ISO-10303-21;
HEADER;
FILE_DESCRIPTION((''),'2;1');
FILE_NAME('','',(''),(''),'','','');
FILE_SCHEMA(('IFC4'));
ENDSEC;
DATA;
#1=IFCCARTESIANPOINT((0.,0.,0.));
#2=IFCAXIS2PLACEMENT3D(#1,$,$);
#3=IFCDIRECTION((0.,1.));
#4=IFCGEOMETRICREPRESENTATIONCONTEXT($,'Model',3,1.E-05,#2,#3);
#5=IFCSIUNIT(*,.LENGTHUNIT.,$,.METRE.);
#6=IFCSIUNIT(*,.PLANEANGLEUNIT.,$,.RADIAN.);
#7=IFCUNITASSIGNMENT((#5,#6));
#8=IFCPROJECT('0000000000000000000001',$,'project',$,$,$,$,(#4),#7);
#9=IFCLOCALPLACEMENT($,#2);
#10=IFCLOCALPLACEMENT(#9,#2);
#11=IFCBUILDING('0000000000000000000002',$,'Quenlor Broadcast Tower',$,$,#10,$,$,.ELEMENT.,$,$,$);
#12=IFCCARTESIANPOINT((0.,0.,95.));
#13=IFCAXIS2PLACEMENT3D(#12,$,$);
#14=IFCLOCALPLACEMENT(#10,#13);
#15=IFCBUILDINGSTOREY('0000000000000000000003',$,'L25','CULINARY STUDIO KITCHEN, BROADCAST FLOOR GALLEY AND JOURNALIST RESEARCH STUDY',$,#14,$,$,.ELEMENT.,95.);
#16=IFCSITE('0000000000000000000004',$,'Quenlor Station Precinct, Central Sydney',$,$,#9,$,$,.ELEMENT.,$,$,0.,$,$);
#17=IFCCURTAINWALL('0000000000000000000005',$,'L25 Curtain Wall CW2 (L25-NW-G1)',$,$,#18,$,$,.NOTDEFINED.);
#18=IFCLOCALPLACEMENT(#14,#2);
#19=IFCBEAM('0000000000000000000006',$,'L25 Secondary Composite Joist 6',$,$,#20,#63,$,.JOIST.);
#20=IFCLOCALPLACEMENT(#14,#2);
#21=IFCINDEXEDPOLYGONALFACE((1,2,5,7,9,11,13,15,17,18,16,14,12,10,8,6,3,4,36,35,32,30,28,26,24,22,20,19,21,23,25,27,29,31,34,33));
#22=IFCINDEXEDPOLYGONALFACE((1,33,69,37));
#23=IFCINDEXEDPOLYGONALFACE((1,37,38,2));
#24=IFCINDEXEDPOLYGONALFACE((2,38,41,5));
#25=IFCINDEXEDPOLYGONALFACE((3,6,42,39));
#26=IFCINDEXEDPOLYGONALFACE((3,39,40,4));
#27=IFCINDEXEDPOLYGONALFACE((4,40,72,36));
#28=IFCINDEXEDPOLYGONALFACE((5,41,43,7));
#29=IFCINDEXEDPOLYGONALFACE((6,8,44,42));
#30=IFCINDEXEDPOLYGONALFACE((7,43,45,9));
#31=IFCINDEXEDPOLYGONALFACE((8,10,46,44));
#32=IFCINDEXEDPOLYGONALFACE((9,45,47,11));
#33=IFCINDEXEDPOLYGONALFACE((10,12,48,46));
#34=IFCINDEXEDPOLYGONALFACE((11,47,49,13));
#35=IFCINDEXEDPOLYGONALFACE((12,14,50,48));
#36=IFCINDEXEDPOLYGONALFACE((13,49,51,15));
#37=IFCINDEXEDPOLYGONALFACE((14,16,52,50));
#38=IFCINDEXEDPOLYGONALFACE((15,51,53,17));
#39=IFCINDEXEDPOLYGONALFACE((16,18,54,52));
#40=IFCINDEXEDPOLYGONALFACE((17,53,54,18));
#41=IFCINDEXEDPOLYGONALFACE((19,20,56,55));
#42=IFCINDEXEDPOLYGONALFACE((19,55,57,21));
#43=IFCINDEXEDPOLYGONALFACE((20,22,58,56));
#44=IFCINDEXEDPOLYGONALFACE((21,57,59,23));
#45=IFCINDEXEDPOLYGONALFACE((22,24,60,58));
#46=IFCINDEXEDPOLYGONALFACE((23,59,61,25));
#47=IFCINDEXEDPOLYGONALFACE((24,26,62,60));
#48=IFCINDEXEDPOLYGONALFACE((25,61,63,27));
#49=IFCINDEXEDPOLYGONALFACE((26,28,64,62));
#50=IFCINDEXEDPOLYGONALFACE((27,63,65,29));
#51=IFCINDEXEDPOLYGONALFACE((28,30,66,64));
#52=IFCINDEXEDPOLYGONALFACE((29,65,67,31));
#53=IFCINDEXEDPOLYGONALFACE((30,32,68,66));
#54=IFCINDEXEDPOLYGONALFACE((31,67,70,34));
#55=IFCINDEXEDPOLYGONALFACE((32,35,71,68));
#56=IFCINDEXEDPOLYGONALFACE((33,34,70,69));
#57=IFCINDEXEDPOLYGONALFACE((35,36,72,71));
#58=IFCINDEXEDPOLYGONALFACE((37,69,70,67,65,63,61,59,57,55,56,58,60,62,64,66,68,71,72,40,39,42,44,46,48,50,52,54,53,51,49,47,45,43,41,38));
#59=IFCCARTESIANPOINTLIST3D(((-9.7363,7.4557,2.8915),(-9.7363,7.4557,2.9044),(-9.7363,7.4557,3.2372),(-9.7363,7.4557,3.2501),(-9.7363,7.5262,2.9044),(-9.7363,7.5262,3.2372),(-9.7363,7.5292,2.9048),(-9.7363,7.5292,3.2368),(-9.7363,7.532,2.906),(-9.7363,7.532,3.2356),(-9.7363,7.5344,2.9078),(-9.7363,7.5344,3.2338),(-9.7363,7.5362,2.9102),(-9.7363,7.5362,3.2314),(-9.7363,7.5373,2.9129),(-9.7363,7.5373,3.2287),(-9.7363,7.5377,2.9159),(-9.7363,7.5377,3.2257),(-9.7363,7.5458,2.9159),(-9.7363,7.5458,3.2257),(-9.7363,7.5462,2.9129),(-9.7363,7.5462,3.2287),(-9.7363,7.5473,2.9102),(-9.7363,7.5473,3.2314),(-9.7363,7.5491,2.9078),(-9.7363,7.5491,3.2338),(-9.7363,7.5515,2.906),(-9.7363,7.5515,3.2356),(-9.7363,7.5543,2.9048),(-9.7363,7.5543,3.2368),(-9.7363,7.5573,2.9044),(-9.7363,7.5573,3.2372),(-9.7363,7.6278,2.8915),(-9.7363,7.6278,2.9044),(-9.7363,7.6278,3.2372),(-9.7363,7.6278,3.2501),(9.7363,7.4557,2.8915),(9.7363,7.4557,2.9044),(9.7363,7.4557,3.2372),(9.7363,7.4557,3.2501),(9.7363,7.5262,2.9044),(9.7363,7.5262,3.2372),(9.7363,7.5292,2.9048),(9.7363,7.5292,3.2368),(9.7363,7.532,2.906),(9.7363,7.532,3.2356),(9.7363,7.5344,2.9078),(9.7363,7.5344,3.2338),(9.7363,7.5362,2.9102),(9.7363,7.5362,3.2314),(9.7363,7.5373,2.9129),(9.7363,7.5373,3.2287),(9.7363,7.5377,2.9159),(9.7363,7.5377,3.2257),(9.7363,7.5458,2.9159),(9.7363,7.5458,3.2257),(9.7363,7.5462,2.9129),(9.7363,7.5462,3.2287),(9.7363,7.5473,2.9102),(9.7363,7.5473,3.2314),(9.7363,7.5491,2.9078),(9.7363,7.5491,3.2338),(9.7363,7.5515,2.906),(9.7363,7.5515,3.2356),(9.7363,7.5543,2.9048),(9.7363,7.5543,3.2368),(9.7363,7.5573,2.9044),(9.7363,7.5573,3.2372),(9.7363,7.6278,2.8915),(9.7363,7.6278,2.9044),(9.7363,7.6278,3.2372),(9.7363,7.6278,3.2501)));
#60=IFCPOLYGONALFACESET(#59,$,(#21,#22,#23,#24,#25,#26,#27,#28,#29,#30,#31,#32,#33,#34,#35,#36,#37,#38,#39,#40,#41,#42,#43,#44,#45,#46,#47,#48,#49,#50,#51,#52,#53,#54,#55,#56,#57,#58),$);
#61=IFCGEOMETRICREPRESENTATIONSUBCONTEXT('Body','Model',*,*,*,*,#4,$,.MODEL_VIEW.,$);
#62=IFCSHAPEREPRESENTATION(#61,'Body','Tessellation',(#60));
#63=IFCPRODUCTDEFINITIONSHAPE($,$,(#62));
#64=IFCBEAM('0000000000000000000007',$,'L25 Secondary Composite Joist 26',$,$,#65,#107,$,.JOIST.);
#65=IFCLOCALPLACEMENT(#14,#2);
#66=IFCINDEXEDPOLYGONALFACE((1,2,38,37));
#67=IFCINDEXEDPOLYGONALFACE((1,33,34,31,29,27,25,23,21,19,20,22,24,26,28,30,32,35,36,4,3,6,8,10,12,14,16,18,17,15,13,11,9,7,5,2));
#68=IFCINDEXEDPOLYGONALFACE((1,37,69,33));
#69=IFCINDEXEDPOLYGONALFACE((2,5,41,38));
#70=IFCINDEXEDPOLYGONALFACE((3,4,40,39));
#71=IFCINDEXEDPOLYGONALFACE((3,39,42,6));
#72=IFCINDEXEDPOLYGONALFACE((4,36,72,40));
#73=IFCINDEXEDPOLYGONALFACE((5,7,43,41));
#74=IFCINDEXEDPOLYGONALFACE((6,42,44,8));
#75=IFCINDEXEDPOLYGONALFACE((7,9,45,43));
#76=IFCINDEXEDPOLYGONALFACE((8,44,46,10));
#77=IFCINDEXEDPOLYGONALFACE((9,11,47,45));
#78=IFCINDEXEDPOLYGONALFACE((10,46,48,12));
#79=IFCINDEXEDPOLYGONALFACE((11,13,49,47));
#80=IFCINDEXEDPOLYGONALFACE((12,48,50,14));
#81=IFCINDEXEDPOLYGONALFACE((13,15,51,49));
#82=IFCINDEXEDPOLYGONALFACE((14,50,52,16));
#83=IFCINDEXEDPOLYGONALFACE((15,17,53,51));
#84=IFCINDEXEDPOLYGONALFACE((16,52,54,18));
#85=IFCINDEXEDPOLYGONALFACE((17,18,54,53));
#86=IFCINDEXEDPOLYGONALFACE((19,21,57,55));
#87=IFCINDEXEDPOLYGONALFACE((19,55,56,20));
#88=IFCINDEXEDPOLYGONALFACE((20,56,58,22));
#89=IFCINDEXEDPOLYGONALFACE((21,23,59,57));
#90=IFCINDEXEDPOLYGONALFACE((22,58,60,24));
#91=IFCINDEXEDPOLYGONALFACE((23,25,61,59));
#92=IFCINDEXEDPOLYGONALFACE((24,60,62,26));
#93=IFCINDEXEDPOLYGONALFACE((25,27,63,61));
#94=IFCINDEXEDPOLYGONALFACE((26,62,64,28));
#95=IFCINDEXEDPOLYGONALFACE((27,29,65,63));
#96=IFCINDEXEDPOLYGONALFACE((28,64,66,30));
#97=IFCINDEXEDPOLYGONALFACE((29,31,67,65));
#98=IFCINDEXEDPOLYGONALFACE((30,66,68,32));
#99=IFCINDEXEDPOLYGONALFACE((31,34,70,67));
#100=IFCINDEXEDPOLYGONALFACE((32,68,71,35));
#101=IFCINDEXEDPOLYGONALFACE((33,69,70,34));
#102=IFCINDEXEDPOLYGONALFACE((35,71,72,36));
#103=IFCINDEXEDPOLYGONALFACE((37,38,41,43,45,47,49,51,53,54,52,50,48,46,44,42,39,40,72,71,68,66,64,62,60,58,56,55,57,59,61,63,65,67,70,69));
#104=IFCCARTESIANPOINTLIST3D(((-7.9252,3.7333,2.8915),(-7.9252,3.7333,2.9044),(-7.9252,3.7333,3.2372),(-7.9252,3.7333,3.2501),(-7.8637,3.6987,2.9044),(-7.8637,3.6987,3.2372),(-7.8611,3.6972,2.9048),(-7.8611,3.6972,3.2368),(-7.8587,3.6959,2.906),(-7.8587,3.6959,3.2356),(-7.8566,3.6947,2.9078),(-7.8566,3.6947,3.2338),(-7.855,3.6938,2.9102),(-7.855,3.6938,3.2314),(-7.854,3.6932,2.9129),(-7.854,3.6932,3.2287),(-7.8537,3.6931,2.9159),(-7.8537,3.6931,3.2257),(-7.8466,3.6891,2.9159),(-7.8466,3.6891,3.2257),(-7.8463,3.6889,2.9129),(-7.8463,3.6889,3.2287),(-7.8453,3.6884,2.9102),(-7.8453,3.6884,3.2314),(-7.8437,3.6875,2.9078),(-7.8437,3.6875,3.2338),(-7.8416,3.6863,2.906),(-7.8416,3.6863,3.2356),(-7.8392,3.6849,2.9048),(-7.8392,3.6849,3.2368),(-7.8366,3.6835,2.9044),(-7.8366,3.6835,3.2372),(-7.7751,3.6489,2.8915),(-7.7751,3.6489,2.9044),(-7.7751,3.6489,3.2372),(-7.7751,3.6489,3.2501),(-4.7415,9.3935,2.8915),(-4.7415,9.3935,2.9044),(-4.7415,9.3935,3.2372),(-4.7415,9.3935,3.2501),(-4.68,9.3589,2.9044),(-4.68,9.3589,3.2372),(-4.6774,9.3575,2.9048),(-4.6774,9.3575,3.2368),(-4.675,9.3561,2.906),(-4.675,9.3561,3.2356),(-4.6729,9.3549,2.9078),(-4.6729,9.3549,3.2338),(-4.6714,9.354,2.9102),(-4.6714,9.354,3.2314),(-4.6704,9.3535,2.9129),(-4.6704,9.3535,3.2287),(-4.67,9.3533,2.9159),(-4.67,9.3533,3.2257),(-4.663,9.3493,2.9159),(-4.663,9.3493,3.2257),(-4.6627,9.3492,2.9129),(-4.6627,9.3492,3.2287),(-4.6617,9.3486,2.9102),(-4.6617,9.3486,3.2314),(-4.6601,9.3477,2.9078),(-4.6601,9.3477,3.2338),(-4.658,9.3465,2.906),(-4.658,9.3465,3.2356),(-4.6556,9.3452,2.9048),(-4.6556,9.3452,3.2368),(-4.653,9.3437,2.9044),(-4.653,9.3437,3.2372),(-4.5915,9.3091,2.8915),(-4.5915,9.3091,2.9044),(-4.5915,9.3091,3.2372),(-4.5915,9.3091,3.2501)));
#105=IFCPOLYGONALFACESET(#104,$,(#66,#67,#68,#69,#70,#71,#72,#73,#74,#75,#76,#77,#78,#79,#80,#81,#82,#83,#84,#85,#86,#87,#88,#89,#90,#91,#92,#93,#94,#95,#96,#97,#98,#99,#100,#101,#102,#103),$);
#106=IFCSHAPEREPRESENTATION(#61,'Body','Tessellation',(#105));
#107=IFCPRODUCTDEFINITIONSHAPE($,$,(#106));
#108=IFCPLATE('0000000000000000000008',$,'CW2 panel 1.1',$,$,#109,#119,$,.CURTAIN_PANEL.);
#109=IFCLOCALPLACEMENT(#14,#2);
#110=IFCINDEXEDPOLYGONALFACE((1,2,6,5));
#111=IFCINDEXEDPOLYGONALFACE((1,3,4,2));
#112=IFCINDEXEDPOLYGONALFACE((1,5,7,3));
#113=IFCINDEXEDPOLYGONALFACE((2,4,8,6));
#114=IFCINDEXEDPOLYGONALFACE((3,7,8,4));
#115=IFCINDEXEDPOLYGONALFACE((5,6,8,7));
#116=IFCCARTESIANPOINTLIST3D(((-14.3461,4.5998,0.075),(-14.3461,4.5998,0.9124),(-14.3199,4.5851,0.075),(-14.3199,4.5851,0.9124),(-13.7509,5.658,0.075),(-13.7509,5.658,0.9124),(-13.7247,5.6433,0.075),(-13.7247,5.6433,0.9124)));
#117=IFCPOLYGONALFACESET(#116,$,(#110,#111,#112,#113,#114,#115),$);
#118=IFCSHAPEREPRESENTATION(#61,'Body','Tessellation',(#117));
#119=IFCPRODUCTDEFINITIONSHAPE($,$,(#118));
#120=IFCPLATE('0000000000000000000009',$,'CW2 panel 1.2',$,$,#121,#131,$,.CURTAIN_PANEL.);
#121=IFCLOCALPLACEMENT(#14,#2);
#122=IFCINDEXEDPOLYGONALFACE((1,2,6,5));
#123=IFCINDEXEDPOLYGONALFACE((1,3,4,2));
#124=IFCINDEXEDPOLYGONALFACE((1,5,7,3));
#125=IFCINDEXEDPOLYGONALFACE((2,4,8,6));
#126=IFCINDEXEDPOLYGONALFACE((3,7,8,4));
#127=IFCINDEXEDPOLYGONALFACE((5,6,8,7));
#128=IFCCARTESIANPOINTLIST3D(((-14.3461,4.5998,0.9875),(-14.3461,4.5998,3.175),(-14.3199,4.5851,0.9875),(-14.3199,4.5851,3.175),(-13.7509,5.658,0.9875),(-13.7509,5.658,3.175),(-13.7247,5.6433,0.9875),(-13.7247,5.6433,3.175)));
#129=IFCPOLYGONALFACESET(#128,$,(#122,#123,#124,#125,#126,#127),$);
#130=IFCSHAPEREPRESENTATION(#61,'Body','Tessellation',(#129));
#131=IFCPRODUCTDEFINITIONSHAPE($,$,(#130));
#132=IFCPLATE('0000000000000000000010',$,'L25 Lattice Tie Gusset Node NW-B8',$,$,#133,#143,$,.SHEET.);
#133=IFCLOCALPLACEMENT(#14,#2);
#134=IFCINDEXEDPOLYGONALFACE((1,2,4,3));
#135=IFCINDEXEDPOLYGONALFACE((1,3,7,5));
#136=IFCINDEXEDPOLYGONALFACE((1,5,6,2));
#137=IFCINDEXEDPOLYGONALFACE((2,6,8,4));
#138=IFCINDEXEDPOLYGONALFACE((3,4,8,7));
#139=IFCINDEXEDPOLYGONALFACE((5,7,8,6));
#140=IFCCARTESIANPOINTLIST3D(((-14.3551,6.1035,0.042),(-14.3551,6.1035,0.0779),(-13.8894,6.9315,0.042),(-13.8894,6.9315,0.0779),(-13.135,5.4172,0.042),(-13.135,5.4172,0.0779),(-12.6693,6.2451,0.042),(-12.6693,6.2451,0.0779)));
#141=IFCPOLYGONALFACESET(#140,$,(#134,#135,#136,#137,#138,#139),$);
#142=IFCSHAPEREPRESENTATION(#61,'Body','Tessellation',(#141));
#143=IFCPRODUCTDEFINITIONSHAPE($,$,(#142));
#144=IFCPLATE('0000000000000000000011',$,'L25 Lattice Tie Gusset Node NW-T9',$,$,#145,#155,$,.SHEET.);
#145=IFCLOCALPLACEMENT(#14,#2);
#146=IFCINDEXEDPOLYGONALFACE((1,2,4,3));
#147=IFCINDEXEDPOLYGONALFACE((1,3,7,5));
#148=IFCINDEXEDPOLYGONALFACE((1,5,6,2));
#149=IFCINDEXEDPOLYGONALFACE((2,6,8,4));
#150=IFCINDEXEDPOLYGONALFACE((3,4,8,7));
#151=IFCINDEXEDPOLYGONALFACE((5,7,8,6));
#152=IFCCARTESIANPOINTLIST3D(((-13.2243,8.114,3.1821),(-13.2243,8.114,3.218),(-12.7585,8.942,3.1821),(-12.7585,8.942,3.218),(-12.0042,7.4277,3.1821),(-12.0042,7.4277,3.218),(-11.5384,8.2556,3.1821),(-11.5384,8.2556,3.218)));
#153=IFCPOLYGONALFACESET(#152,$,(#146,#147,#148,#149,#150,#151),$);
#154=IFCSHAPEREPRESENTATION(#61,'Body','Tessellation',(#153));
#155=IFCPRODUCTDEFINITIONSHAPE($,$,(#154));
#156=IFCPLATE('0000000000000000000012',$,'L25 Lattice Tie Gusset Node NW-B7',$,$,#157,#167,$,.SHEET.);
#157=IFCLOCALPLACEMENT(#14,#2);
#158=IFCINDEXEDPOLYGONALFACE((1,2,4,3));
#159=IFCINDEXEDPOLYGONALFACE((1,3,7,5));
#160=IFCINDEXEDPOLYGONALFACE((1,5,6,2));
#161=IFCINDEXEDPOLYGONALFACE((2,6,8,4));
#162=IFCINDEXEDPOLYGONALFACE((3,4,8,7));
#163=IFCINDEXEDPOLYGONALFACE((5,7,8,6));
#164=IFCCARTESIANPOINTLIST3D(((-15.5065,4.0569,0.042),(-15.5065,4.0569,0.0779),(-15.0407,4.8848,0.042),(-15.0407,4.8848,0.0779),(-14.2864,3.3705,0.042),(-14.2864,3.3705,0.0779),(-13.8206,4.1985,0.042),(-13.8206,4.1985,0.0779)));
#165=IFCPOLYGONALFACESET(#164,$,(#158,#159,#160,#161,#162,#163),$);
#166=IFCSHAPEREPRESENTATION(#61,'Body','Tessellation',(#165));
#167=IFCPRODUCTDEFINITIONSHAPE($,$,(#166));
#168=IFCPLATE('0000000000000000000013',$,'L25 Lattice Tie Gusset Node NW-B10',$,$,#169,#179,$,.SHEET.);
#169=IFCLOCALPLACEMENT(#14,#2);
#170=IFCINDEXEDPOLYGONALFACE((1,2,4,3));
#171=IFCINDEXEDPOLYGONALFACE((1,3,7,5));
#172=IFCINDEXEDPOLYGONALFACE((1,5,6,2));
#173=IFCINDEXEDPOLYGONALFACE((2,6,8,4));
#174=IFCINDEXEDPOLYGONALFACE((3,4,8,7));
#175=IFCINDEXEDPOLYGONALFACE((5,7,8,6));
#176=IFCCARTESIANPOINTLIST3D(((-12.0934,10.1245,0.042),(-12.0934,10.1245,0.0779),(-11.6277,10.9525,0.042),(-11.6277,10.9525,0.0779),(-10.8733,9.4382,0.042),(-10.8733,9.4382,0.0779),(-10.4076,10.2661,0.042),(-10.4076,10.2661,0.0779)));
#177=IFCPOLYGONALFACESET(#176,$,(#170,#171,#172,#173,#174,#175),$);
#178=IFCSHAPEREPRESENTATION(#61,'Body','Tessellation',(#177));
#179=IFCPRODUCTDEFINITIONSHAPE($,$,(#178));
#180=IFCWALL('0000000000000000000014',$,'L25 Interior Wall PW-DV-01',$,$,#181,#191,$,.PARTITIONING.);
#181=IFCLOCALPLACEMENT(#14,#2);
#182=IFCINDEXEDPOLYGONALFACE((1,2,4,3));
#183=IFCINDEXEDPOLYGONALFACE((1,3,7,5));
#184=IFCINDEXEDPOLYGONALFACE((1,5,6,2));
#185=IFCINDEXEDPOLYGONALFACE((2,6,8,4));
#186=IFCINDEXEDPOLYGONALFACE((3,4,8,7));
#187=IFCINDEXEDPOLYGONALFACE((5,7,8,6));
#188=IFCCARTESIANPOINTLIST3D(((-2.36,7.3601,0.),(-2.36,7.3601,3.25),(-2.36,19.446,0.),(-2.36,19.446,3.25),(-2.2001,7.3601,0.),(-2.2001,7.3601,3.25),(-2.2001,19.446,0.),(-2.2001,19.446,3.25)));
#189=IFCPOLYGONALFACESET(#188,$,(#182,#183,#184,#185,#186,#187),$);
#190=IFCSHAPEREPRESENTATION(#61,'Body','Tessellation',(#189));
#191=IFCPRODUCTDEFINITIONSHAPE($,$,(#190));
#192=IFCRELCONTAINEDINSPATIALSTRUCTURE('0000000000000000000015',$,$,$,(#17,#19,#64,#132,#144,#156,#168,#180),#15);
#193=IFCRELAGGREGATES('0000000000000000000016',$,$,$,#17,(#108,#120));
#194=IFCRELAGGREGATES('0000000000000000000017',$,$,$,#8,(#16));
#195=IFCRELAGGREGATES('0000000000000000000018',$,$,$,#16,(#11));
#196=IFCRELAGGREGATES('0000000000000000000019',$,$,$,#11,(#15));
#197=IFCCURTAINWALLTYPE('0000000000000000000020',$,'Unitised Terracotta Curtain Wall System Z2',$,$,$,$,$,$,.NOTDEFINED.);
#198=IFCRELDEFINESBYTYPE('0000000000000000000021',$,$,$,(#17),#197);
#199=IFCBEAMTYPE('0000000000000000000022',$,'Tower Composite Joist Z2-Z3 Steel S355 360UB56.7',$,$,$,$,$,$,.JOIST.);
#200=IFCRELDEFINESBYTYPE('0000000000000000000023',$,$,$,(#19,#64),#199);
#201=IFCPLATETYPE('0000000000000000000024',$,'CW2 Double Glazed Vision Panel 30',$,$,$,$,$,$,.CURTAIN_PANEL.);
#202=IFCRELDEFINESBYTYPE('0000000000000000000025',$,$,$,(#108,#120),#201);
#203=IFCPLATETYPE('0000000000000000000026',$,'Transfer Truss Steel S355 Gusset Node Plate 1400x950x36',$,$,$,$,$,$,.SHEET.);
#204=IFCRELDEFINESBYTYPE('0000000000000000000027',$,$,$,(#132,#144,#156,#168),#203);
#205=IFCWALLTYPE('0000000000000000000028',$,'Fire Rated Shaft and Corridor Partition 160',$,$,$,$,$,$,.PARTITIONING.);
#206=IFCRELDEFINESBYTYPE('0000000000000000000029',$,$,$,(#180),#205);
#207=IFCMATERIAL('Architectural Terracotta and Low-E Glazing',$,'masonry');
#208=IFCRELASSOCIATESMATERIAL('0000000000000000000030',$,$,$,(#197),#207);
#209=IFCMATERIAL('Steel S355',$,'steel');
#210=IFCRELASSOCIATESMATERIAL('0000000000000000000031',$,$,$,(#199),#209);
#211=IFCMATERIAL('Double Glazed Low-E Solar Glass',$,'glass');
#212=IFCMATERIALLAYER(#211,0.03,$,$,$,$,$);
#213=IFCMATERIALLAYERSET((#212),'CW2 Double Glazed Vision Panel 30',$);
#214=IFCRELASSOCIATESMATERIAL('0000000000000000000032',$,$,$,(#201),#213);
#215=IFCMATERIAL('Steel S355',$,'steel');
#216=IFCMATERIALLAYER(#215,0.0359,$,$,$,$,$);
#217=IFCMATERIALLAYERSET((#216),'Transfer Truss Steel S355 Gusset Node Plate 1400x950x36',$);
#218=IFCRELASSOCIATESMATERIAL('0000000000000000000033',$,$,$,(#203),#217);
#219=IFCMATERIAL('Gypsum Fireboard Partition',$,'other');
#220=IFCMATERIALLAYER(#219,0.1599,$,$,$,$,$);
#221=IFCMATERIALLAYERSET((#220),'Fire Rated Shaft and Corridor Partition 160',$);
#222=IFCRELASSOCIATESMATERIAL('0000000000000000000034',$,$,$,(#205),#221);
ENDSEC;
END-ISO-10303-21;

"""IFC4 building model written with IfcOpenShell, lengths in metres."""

from ifc_helpers import new_model, si_unit, direction, frame, frame_2d, origin, origin_2d, place, context, subcontext, project, spatial, rectangle, i_section, extrude, material, layer, layer_set, material_profile, profile_set, type_object, element, aggregate, save


model = new_model("IFC4")

# Units and contexts
model_context = context("Model", 3, precision=1e-05, world=origin(), true_north=direction((0.0, 1.0)))
body_context = subcontext(model_context, "Body", "Model", "MODEL_VIEW")
ifc_project = project(units=[si_unit("LENGTHUNIT", "METRE"), si_unit("PLANEANGLEUNIT", "RADIAN")], contexts=[model_context])

# Site, building, storey
site_placement = place(None, origin())
site = spatial("IfcSite", under=ifc_project, at=site_placement, Name="Quenlor Station Precinct, Central Sydney", CompositionType="ELEMENT", RefElevation=0.0)
building_placement = place(site_placement, origin())
building = spatial("IfcBuilding", under=site, at=building_placement, Name="Quenlor Broadcast Tower", CompositionType="ELEMENT")
storey_placement = place(building_placement, frame((0.0, 0.0, 95.0)))
storey = spatial("IfcBuildingStorey", under=building, at=storey_placement, Name="L25", Description="CULINARY STUDIO KITCHEN, BROADCAST FLOOR GALLEY AND JOURNALIST RESEARCH STUDY", CompositionType="ELEMENT", Elevation=95.0)

# Shared definitions
ifc_material_1 = material(Name="Architectural Terracotta and Low-E Glazing", Category="masonry")
curtain_wall_type = type_object("IfcCurtainWallType", Name="Unitised Terracotta Curtain Wall System Z2", PredefinedType="NOTDEFINED", material=ifc_material_1)

# Curtain wall
curtain_wall_1_placement = place(storey_placement, origin())
curtain_wall_1 = element("IfcCurtainWall", 1, at=curtain_wall_1_placement, inside=storey, type_object=curtain_wall_type, Name="L25 Curtain Wall CW2 (L25-NW-G1)", PredefinedType="NOTDEFINED")

# Beams
ifc_material_2 = material(Name="Steel S355", Category="steel")
ifc_material_profile_1 = material_profile(ifc_material_2, i_section(OverallWidth=0.1721, OverallDepth=0.3586, WebThickness=0.0081, FlangeThickness=0.0129, FilletRadius=0.0115, at=origin_2d()))
ifc_profile_set_1 = profile_set([ifc_material_profile_1], Name="Steel S355 360UB56.7")
beam_type_1 = type_object("IfcBeamType", Name="Tower Composite Joist Z2-Z3 Steel S355 360UB56.7", PredefinedType="JOIST", material=ifc_profile_set_1)
beam_1_placement = place(storey_placement, frame((-9.7363, 7.5417, 3.0708), z_axis=(1.0, 0.0, 0.0), x_axis=(0.0, 1.0, 0.0)))
element("IfcBeam", 2, at=beam_1_placement, inside=storey, type_object=beam_type_1, Name="L25 Secondary Composite Joist 6", PredefinedType="JOIST", context=body_context, shape_type="SweptSolid", body=[
    extrude(i_section(OverallWidth=0.1721, OverallDepth=0.3586, WebThickness=0.0081, FlangeThickness=0.0129, FilletRadius=0.0115, at=origin_2d()), origin(), (0.0, 0.0, 1.0), 19.4727),
])
beam_2_placement = place(storey_placement, frame((-4.6665, 9.3513, 3.0708), z_axis=(-0.490233, -0.871592, 0.0), x_axis=(0.871592, -0.490233, 0.0)))
element("IfcBeam", 3, at=beam_2_placement, inside=storey, type_object=beam_type_1, Name="L25 Secondary Composite Joist 26", PredefinedType="JOIST", context=body_context, shape_type="SweptSolid", body=[
    extrude(i_section(OverallWidth=0.1721, OverallDepth=0.3586, WebThickness=0.0081, FlangeThickness=0.0129, FilletRadius=0.0115, at=origin_2d()), origin(), (0.0, 0.0, 1.0), 6.4941),
])

# Plates
ifc_material_3 = material(Name="Double Glazed Low-E Solar Glass", Category="glass")
ifc_layer_1 = layer(ifc_material_3, 0.03)
ifc_layer_set_1 = layer_set([ifc_layer_1], Name="CW2 Double Glazed Vision Panel 30")
plate_type_1 = type_object("IfcPlateType", Name="CW2 Double Glazed Vision Panel 30", PredefinedType="CURTAIN_PANEL", material=ifc_layer_set_1)
plate_1_placement = place(storey_placement, frame((-14.0354, 5.1216, 0.075), z_axis=(0.0, 0.0, 1.0), x_axis=(0.490254, 0.871579, 0.0)))
plate_1 = element("IfcPlate", 4, at=plate_1_placement, type_object=plate_type_1, Name="CW2 panel 1.1", PredefinedType="CURTAIN_PANEL", context=body_context, shape_type="SweptSolid", body=[
    extrude(rectangle(XDim=1.2141, YDim=0.03, at=origin_2d()), origin(), (0.0, 0.0, 1.0), 0.8374),
])
plate_2_placement = place(storey_placement, frame((-14.0354, 5.1216, 0.9875), z_axis=(0.0, 0.0, 1.0), x_axis=(0.490254, 0.871579, 0.0)))
plate_2 = element("IfcPlate", 5, at=plate_2_placement, type_object=plate_type_1, Name="CW2 panel 1.2", PredefinedType="CURTAIN_PANEL", context=body_context, shape_type="SweptSolid", body=[
    extrude(rectangle(XDim=1.2141, YDim=0.03, at=origin_2d()), origin(), (0.0, 0.0, 1.0), 2.1875),
])
aggregate(curtain_wall_1, [plate_1, plate_2])

# Plates
ifc_material_4 = material(Name="Steel S355", Category="steel")
ifc_layer_2 = layer(ifc_material_4, 0.0359)
ifc_layer_set_2 = layer_set([ifc_layer_2], Name="Transfer Truss Steel S355 Gusset Node Plate 1400x950x36")
plate_type_2 = type_object("IfcPlateType", Name="Transfer Truss Steel S355 Gusset Node Plate 1400x950x36", PredefinedType="SHEET", material=ifc_layer_set_2)
for number, where, z_axis, x_axis, name in (
    (6, (-13.5122, 6.1743, 0.042), (0.0, 0.0, 1.0), (-0.871556, 0.490295, 0.0), "L25 Lattice Tie Gusset Node NW-B8"),
    (7, (-12.3813, 8.1848, 3.1821), (0.0, 0.0, 1.0), (-0.871556, 0.490295, 0.0), "L25 Lattice Tie Gusset Node NW-T9"),
    (8, (-14.6636, 4.1277, 0.042), (0.0, 0.0, 1.0), (-0.871556, 0.490295, 0.0), "L25 Lattice Tie Gusset Node NW-B7"),
    (9, (-11.2505, 10.1953, 0.042), (0.0, 0.0, 1.0), (-0.871556, 0.490295, 0.0), "L25 Lattice Tie Gusset Node NW-B10"),
):
    element("IfcPlate", number, at=place(storey_placement, frame(where, z_axis=z_axis, x_axis=x_axis)), inside=storey, type_object=plate_type_2, Name=name, PredefinedType="SHEET", context=body_context, shape_type="SweptSolid", body=[
        extrude(rectangle(XDim=1.3999, YDim=0.95, at=origin_2d()), origin(), (0.0, 0.0, 1.0), 0.0359),
    ])

# Wall
ifc_material_5 = material(Name="Gypsum Fireboard Partition", Category="other")
ifc_layer_3 = layer(ifc_material_5, 0.1599)
ifc_layer_set_3 = layer_set([ifc_layer_3], Name="Fire Rated Shaft and Corridor Partition 160")
wall_type_1 = type_object("IfcWallType", Name="Fire Rated Shaft and Corridor Partition 160", PredefinedType="PARTITIONING", material=ifc_layer_set_3)
wall_1_placement = place(storey_placement, frame((-2.28, 7.3601, 0.0), z_axis=(0.0, 0.0, 1.0), x_axis=(0.0, 1.0, 0.0)))
element("IfcWall", 10, at=wall_1_placement, inside=storey, type_object=wall_type_1, Name="L25 Interior Wall PW-DV-01", PredefinedType="PARTITIONING", context=body_context, shape_type="SweptSolid", body=[
    extrude(rectangle(XDim=12.0859, YDim=0.1599, at=frame_2d((6.043, 0.0))), origin(), (0.0, 0.0, 1.0), 3.25),
])

save(model, "model.ifc")
